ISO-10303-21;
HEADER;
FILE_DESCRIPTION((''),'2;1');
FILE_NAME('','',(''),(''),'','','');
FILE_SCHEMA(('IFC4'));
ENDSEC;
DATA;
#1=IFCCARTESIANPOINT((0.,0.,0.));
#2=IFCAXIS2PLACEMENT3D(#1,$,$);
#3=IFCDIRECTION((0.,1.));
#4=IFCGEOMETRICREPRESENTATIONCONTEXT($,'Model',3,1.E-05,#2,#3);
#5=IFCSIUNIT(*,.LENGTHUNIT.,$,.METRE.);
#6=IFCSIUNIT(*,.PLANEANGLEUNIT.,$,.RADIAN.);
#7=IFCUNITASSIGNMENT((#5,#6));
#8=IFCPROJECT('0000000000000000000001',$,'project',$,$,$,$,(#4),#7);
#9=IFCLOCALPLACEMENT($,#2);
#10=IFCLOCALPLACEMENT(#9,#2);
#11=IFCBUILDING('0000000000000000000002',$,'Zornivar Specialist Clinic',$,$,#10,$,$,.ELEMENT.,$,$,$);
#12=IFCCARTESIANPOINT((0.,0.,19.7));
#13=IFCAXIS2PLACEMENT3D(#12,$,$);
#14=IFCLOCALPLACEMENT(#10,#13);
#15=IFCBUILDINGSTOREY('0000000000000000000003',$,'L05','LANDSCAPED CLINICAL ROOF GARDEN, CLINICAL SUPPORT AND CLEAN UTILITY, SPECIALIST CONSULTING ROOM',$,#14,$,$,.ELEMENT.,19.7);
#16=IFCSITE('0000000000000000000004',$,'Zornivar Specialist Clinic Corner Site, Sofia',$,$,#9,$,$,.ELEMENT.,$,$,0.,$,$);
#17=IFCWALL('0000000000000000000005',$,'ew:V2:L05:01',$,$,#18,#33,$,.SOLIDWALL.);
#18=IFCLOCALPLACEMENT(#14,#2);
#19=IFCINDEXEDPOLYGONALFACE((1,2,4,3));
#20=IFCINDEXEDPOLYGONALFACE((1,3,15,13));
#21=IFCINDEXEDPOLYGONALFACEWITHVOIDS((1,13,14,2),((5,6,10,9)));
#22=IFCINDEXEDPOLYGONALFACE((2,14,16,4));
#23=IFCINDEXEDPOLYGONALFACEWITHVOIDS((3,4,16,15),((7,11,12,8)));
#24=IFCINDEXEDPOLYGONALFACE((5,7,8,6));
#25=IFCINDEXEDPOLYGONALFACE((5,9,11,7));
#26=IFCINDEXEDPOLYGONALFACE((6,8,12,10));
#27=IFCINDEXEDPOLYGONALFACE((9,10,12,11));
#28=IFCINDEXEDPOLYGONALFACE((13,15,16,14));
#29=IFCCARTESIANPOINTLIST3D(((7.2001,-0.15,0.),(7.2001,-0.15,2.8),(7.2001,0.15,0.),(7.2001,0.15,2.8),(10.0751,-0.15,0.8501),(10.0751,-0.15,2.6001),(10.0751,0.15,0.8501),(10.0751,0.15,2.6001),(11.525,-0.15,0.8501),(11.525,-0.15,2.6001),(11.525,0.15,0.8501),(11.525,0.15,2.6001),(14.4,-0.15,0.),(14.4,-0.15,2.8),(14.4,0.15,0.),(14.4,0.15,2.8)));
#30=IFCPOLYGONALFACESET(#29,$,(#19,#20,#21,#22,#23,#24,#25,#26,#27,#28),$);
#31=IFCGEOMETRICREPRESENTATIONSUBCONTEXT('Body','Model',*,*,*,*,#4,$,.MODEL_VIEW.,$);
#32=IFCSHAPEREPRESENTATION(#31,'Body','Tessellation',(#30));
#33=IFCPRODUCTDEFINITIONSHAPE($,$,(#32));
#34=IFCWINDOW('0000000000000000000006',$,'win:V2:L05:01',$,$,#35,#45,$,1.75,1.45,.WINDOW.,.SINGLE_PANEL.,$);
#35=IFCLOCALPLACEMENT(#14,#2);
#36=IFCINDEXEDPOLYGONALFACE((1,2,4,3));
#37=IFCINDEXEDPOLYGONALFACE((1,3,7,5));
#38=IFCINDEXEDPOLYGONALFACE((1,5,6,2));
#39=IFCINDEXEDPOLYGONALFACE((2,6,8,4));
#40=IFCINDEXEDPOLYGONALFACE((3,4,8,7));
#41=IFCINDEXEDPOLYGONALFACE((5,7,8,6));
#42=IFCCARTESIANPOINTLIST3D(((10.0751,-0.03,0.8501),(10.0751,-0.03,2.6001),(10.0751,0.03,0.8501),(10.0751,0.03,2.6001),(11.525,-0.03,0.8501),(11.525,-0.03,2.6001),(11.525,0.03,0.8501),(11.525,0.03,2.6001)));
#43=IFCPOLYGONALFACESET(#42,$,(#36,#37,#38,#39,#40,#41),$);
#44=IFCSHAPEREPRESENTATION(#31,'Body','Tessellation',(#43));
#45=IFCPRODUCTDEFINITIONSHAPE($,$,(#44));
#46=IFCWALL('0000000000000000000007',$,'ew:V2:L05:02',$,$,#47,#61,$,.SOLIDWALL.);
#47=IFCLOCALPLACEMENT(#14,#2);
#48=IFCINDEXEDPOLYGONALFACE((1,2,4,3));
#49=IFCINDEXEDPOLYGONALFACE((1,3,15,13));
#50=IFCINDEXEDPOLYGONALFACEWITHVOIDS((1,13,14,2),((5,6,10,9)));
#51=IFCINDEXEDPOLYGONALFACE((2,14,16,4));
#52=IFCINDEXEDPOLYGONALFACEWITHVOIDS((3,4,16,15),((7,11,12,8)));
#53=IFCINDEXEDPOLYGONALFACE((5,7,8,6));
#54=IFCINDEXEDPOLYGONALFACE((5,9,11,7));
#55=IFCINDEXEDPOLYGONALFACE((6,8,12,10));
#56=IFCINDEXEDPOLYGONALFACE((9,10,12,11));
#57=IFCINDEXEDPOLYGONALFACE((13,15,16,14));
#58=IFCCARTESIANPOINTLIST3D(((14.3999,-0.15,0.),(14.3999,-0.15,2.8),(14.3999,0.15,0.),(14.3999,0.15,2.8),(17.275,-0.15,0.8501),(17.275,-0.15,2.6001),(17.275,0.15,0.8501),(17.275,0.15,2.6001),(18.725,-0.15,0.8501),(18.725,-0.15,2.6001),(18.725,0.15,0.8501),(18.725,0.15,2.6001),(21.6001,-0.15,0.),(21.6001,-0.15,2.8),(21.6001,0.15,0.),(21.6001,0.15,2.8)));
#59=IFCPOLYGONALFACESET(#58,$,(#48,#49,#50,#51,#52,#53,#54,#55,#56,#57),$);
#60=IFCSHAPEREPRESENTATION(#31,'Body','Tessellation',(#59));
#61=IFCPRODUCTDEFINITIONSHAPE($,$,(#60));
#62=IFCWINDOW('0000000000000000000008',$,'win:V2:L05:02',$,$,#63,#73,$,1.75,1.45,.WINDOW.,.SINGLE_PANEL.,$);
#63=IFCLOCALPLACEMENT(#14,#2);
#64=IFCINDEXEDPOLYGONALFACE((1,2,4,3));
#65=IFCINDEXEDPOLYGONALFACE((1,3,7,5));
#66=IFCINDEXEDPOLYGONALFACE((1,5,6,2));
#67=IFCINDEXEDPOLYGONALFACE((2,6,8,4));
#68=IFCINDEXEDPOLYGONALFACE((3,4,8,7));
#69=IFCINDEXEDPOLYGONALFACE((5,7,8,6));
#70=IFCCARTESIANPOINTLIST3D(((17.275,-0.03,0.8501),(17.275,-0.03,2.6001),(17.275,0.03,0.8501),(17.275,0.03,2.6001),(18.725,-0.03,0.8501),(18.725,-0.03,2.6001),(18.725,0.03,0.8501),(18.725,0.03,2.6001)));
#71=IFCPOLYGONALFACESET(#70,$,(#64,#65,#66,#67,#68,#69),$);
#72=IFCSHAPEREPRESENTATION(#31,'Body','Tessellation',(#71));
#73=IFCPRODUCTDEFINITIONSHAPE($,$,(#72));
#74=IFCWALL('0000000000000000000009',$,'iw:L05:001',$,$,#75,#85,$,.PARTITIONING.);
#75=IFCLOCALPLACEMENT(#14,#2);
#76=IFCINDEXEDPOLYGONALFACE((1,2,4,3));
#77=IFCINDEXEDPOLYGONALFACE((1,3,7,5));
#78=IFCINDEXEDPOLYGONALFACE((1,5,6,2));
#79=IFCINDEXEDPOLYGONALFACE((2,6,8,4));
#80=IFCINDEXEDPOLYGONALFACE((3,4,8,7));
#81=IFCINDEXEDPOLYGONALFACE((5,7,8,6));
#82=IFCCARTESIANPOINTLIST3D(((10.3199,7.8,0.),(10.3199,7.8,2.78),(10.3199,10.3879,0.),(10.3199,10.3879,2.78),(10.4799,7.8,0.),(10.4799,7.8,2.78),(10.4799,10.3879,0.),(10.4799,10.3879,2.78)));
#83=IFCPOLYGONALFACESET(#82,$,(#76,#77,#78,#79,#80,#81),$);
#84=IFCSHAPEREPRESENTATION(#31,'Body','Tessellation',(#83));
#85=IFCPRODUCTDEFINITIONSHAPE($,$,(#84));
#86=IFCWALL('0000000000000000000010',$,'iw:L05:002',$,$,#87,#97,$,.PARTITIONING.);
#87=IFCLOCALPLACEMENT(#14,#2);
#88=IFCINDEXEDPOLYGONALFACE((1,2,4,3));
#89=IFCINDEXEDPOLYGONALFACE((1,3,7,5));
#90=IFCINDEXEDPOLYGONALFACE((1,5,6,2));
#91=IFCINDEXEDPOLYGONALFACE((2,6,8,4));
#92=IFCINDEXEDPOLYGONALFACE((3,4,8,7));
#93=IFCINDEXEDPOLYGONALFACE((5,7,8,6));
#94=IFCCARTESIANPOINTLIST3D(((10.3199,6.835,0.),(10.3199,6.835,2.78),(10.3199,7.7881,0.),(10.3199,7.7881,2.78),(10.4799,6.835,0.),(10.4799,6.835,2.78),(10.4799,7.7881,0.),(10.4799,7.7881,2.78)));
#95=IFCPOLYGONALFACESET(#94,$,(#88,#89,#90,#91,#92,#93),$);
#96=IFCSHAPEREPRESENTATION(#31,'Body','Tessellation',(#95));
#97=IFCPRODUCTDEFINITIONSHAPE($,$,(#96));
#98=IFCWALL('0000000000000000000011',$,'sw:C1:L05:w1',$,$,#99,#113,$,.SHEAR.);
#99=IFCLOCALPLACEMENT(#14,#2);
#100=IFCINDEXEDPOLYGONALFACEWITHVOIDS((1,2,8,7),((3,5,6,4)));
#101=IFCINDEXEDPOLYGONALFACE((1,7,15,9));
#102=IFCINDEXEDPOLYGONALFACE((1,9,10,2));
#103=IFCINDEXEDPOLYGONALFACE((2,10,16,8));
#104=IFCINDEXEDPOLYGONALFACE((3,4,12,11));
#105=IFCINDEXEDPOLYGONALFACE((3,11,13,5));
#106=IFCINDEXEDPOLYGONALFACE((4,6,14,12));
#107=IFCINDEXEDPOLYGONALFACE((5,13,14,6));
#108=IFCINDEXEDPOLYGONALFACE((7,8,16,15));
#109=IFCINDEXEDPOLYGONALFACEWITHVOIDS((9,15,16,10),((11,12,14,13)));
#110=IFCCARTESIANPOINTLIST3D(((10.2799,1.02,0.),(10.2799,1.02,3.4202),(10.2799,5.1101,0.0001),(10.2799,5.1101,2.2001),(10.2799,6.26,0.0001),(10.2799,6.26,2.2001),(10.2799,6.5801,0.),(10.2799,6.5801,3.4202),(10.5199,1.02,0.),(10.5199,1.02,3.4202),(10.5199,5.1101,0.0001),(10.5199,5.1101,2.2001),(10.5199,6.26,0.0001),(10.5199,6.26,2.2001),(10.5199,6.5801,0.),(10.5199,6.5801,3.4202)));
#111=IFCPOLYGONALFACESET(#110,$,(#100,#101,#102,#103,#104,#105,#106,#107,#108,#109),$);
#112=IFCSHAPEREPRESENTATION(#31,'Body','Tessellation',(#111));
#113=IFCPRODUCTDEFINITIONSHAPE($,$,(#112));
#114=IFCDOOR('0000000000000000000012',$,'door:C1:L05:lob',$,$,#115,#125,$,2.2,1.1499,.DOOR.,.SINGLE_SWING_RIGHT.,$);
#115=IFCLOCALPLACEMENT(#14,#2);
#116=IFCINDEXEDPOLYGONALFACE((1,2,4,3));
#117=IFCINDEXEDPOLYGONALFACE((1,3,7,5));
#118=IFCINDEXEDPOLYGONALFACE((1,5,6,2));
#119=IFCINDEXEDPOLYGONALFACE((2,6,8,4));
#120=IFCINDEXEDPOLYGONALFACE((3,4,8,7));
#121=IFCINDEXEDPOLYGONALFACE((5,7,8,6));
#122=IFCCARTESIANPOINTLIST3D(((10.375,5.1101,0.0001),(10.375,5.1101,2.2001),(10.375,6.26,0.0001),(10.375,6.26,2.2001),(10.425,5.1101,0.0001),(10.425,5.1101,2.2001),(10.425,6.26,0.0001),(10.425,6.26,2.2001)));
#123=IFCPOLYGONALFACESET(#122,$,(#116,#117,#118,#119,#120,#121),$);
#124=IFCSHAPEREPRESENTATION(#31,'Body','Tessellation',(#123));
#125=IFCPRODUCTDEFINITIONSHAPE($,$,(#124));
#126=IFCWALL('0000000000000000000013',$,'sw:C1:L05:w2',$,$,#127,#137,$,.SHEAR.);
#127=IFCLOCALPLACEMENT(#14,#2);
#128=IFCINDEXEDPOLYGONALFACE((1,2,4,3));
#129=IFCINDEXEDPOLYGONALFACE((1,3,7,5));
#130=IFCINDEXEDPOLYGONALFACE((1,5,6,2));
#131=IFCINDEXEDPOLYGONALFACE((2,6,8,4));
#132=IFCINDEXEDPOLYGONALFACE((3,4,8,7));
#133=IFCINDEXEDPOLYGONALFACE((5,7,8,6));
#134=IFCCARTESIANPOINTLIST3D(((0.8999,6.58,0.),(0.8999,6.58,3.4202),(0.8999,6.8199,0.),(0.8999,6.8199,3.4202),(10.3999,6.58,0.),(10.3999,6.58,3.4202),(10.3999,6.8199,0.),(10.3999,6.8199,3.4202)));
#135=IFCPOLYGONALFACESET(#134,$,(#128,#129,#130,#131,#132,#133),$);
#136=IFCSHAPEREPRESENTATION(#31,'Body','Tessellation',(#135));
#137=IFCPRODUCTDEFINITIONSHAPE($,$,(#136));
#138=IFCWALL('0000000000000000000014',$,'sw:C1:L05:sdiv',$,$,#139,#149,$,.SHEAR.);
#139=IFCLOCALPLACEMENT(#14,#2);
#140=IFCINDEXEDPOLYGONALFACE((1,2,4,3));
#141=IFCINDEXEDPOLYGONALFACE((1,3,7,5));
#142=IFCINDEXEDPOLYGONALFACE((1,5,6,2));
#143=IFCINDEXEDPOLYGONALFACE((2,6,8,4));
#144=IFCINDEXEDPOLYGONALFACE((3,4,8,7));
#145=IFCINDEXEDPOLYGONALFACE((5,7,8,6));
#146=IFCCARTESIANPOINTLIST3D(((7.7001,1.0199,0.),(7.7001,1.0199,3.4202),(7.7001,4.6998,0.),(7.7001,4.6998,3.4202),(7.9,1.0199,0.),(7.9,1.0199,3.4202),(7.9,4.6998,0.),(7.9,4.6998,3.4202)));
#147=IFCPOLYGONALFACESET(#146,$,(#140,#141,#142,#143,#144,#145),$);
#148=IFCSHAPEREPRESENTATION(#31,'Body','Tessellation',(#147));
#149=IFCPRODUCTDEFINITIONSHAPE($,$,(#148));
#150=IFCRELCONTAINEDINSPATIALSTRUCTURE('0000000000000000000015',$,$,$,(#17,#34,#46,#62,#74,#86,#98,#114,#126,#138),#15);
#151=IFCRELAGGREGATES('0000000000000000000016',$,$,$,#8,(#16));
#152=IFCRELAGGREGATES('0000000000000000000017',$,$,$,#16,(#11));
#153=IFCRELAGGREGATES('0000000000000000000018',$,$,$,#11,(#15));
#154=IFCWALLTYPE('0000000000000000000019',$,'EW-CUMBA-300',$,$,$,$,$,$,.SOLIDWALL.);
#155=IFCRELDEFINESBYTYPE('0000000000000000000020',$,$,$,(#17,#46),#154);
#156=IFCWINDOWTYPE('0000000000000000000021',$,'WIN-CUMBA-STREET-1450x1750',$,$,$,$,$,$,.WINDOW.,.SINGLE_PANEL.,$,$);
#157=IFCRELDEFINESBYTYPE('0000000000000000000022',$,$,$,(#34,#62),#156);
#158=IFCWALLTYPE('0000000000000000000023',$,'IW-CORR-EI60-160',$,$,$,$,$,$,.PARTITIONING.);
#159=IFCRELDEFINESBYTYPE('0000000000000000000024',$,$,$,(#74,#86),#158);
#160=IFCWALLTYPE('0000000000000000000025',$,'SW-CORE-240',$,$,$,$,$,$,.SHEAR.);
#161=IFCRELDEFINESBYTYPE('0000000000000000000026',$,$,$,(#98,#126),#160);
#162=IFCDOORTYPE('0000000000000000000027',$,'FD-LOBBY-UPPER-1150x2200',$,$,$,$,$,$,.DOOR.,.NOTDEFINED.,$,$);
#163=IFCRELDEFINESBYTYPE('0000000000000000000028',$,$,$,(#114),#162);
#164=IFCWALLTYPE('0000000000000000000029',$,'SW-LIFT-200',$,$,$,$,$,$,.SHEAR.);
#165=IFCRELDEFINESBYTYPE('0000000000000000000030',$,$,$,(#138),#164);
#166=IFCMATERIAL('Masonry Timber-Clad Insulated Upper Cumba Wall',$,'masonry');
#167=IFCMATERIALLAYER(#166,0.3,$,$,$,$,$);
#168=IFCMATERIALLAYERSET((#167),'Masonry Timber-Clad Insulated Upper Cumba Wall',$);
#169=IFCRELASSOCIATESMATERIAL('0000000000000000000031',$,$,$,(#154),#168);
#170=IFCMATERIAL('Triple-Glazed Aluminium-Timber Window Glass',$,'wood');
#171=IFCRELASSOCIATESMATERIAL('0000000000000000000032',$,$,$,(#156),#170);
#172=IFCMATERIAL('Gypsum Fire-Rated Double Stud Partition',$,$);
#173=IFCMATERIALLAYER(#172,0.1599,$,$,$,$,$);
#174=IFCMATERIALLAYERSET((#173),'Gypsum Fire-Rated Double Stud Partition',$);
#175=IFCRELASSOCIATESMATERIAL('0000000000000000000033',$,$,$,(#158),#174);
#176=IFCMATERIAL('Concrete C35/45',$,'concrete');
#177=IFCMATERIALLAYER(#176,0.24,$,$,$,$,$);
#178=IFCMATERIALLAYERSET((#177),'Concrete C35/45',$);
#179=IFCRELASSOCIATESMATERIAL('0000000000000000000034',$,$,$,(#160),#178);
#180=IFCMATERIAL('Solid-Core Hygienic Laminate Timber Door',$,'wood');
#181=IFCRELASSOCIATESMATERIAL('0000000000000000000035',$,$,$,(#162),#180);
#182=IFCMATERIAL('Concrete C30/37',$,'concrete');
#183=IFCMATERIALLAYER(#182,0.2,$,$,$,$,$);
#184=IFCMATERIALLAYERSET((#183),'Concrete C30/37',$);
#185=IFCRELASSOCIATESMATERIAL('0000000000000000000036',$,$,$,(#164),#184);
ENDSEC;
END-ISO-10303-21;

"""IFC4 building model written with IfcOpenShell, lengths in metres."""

from ifc_helpers import new_model, si_unit, direction, frame, frame_2d, origin, place, context, subcontext, project, spatial, rectangle, extrude, material, layer, layer_set, type_object, element, fill, save


model = new_model("IFC4")

# Units and contexts
model_context = context("Model", 3, precision=1e-05, world=origin(), true_north=direction((0.0, 1.0)))
body_context = subcontext(model_context, "Body", "Model", "MODEL_VIEW")
ifc_project = project(units=[si_unit("LENGTHUNIT", "METRE"), si_unit("PLANEANGLEUNIT", "RADIAN")], contexts=[model_context])

# Site, building, storey
site_placement = place(None, origin())
site = spatial("IfcSite", under=ifc_project, at=site_placement, Name="Zornivar Specialist Clinic Corner Site, Sofia", CompositionType="ELEMENT", RefElevation=0.0)
building_placement = place(site_placement, origin())
building = spatial("IfcBuilding", under=site, at=building_placement, Name="Zornivar Specialist Clinic", CompositionType="ELEMENT")
storey_placement = place(building_placement, frame((0.0, 0.0, 19.7)))
storey = spatial("IfcBuildingStorey", under=building, at=storey_placement, Name="L05", Description="LANDSCAPED CLINICAL ROOF GARDEN, CLINICAL SUPPORT AND CLEAN UTILITY, SPECIALIST CONSULTING ROOM", CompositionType="ELEMENT", Elevation=19.7)

# Walls, openings, windows
ifc_material_1 = material(Name="Masonry Timber-Clad Insulated Upper Cumba Wall", Category="masonry")
ifc_layer_1 = layer(ifc_material_1, 0.3)
ifc_layer_set_1 = layer_set([ifc_layer_1], Name="Masonry Timber-Clad Insulated Upper Cumba Wall")
wall_type_1 = type_object("IfcWallType", Name="EW-CUMBA-300", PredefinedType="SOLIDWALL", material=ifc_layer_set_1)
wall_1_placement = place(storey_placement, frame((7.2, 0.0, 0.0), z_axis=(0.0, 0.0, 1.0), x_axis=(1.0, 0.0, 0.0)))
wall_1 = element("IfcWall", 1, at=wall_1_placement, inside=storey, type_object=wall_type_1, Name="ew:V2:L05:01", PredefinedType="SOLIDWALL", context=body_context, shape_type="SweptSolid", body=[
    extrude(rectangle(XDim=7.2, YDim=0.3, at=frame_2d((3.6001, 0.0))), origin(), (0.0, 0.0, 1.0), 2.8),
])
opening_1_placement = place(wall_1_placement, frame((2.875, 0.0, 0.8501)))
opening_1 = element("IfcOpeningElement", 2, at=opening_1_placement, cuts=wall_1, PredefinedType="OPENING", context=body_context, shape_type="SweptSolid", body=[
    extrude(rectangle(XDim=1.45, YDim=1.75, at=frame_2d((0.7251, 0.875))), frame((0.0, 0.1599, 0.0), z_axis=(0.0, -1.0, 0.0), x_axis=(1.0, 0.0, 0.0)), (0.0, 0.0, 1.0), 0.3201),
])
ifc_material_2 = material(Name="Triple-Glazed Aluminium-Timber Window Glass", Category="wood")
window_type = type_object("IfcWindowType", Name="WIN-CUMBA-STREET-1450x1750", PartitioningType="SINGLE_PANEL", PredefinedType="WINDOW", material=ifc_material_2)
window_1_placement = place(opening_1_placement, origin())
window_1 = element("IfcWindow", 3, at=window_1_placement, inside=storey, type_object=window_type, Name="win:V2:L05:01", OverallHeight=1.75, OverallWidth=1.45, PartitioningType="SINGLE_PANEL", PredefinedType="WINDOW", context=body_context, shape_type="SweptSolid", body=[
    extrude(rectangle(XDim=1.45, YDim=1.75, at=frame_2d((0.7251, 0.875))), frame((0.0, 0.03, 0.0), z_axis=(0.0, -1.0, 0.0), x_axis=(1.0, 0.0, 0.0)), (0.0, 0.0, 1.0), 0.0601),
])
fill(opening_1, window_1)
wall_2_placement = place(storey_placement, frame((14.3999, 0.0, 0.0), z_axis=(0.0, 0.0, 1.0), x_axis=(1.0, 0.0, 0.0)))
wall_2 = element("IfcWall", 4, at=wall_2_placement, inside=storey, type_object=wall_type_1, Name="ew:V2:L05:02", PredefinedType="SOLIDWALL", context=body_context, shape_type="SweptSolid", body=[
    extrude(rectangle(XDim=7.2002, YDim=0.3, at=frame_2d((3.6001, 0.0))), origin(), (0.0, 0.0, 1.0), 2.8),
])
opening_2_placement = place(wall_2_placement, frame((2.875, 0.0, 0.8501)))
opening_2 = element("IfcOpeningElement", 5, at=opening_2_placement, cuts=wall_2, PredefinedType="OPENING", context=body_context, shape_type="SweptSolid", body=[
    extrude(rectangle(XDim=1.45, YDim=1.75, at=frame_2d((0.7251, 0.875))), frame((0.0, 0.1599, 0.0), z_axis=(0.0, -1.0, 0.0), x_axis=(1.0, 0.0, 0.0)), (0.0, 0.0, 1.0), 0.3201),
])
window_2_placement = place(opening_2_placement, origin())
window_2 = element("IfcWindow", 6, at=window_2_placement, inside=storey, type_object=window_type, Name="win:V2:L05:02", OverallHeight=1.75, OverallWidth=1.45, PartitioningType="SINGLE_PANEL", PredefinedType="WINDOW", context=body_context, shape_type="SweptSolid", body=[
    extrude(rectangle(XDim=1.45, YDim=1.75, at=frame_2d((0.7251, 0.875))), frame((0.0, 0.03, 0.0), z_axis=(0.0, -1.0, 0.0), x_axis=(1.0, 0.0, 0.0)), (0.0, 0.0, 1.0), 0.0601),
])
fill(opening_2, window_2)

# Walls
ifc_material_3 = material(Name="Gypsum Fire-Rated Double Stud Partition")
ifc_layer_2 = layer(ifc_material_3, 0.1599)
ifc_layer_set_2 = layer_set([ifc_layer_2], Name="Gypsum Fire-Rated Double Stud Partition")
wall_type_2 = type_object("IfcWallType", Name="IW-CORR-EI60-160", PredefinedType="PARTITIONING", material=ifc_layer_set_2)
wall_3_placement = place(storey_placement, frame((10.3999, 10.3879, 0.0), z_axis=(0.0, 0.0, 1.0), x_axis=(0.0, -1.0, 0.0)))
element("IfcWall", 7, at=wall_3_placement, inside=storey, type_object=wall_type_2, Name="iw:L05:001", PredefinedType="PARTITIONING", context=body_context, shape_type="SweptSolid", body=[
    extrude(rectangle(XDim=2.5879, YDim=0.1599, at=frame_2d((1.2939, 0.0))), origin(), (0.0, 0.0, 1.0), 2.78),
])
wall_4_placement = place(storey_placement, frame((10.3999, 7.7881, 0.0), z_axis=(0.0, 0.0, 1.0), x_axis=(0.0, -1.0, 0.0)))
element("IfcWall", 8, at=wall_4_placement, inside=storey, type_object=wall_type_2, Name="iw:L05:002", PredefinedType="PARTITIONING", context=body_context, shape_type="SweptSolid", body=[
    extrude(rectangle(XDim=0.9531, YDim=0.1599, at=frame_2d((0.4766, 0.0))), origin(), (0.0, 0.0, 1.0), 2.78),
])

# Wall, opening, door
ifc_material_4 = material(Name="Concrete C35/45", Category="concrete")
ifc_layer_3 = layer(ifc_material_4, 0.24)
ifc_layer_set_3 = layer_set([ifc_layer_3], Name="Concrete C35/45")
wall_type_3 = type_object("IfcWallType", Name="SW-CORE-240", PredefinedType="SHEAR", material=ifc_layer_set_3)
wall_5_placement = place(storey_placement, frame((10.3999, 1.02, 0.0), z_axis=(0.0, 0.0, 1.0), x_axis=(0.0, 1.0, 0.0)))
wall_5 = element("IfcWall", 9, at=wall_5_placement, inside=storey, type_object=wall_type_3, Name="sw:C1:L05:w1", PredefinedType="SHEAR", context=body_context, shape_type="SweptSolid", body=[
    extrude(rectangle(XDim=5.5601, YDim=0.24, at=frame_2d((2.78, 0.0))), origin(), (0.0, 0.0, 1.0), 3.4202),
])
opening_3_placement = place(wall_5_placement, frame((4.0901, 0.0, 0.0)))
opening_3 = element("IfcOpeningElement", 10, at=opening_3_placement, cuts=wall_5, PredefinedType="OPENING", context=body_context, shape_type="SweptSolid", body=[
    extrude(rectangle(XDim=1.1499, YDim=2.2, at=frame_2d((0.575, 1.1001))), frame((0.0, 0.1299, 0.0), z_axis=(0.0, -1.0, 0.0), x_axis=(1.0, 0.0, 0.0)), (0.0, 0.0, 1.0), 0.26),
])
ifc_material_5 = material(Name="Solid-Core Hygienic Laminate Timber Door", Category="wood")
door_type = type_object("IfcDoorType", Name="FD-LOBBY-UPPER-1150x2200", OperationType="NOTDEFINED", PredefinedType="DOOR", material=ifc_material_5)
door_placement = place(opening_3_placement, origin())
door = element("IfcDoor", 11, at=door_placement, inside=storey, type_object=door_type, Name="door:C1:L05:lob", OperationType="SINGLE_SWING_RIGHT", OverallHeight=2.2, OverallWidth=1.1499, PredefinedType="DOOR", context=body_context, shape_type="SweptSolid", body=[
    extrude(rectangle(XDim=1.1499, YDim=2.2, at=frame_2d((0.575, 1.1001))), frame((0.0, 0.0249, 0.0), z_axis=(0.0, -1.0, 0.0), x_axis=(1.0, 0.0, 0.0)), (0.0, 0.0, 1.0), 0.05),
])
fill(opening_3, door)

# Walls
wall_6_placement = place(storey_placement, frame((10.3999, 6.7, 0.0), z_axis=(0.0, 0.0, 1.0), x_axis=(-1.0, 0.0, 0.0)))
element("IfcWall", 12, at=wall_6_placement, inside=storey, type_object=wall_type_3, Name="sw:C1:L05:w2", PredefinedType="SHEAR", context=body_context, shape_type="SweptSolid", body=[
    extrude(rectangle(XDim=9.5, YDim=0.24, at=frame_2d((4.75, 0.0))), origin(), (0.0, 0.0, 1.0), 3.4202),
])
ifc_material_6 = material(Name="Concrete C30/37", Category="concrete")
ifc_layer_4 = layer(ifc_material_6, 0.2)
ifc_layer_set_4 = layer_set([ifc_layer_4], Name="Concrete C30/37")
wall_type_4 = type_object("IfcWallType", Name="SW-LIFT-200", PredefinedType="SHEAR", material=ifc_layer_set_4)
wall_7_placement = place(storey_placement, frame((7.8, 1.02, 0.0), z_axis=(0.0, 0.0, 1.0), x_axis=(0.0, 1.0, 0.0)))
element("IfcWall", 13, at=wall_7_placement, inside=storey, type_object=wall_type_4, Name="sw:C1:L05:sdiv", PredefinedType="SHEAR", context=body_context, shape_type="SweptSolid", body=[
    extrude(rectangle(XDim=3.6799, YDim=0.2, at=frame_2d((1.8398, 0.0))), origin(), (0.0, 0.0, 1.0), 3.4202),
])

save(model, "model.ifc")
